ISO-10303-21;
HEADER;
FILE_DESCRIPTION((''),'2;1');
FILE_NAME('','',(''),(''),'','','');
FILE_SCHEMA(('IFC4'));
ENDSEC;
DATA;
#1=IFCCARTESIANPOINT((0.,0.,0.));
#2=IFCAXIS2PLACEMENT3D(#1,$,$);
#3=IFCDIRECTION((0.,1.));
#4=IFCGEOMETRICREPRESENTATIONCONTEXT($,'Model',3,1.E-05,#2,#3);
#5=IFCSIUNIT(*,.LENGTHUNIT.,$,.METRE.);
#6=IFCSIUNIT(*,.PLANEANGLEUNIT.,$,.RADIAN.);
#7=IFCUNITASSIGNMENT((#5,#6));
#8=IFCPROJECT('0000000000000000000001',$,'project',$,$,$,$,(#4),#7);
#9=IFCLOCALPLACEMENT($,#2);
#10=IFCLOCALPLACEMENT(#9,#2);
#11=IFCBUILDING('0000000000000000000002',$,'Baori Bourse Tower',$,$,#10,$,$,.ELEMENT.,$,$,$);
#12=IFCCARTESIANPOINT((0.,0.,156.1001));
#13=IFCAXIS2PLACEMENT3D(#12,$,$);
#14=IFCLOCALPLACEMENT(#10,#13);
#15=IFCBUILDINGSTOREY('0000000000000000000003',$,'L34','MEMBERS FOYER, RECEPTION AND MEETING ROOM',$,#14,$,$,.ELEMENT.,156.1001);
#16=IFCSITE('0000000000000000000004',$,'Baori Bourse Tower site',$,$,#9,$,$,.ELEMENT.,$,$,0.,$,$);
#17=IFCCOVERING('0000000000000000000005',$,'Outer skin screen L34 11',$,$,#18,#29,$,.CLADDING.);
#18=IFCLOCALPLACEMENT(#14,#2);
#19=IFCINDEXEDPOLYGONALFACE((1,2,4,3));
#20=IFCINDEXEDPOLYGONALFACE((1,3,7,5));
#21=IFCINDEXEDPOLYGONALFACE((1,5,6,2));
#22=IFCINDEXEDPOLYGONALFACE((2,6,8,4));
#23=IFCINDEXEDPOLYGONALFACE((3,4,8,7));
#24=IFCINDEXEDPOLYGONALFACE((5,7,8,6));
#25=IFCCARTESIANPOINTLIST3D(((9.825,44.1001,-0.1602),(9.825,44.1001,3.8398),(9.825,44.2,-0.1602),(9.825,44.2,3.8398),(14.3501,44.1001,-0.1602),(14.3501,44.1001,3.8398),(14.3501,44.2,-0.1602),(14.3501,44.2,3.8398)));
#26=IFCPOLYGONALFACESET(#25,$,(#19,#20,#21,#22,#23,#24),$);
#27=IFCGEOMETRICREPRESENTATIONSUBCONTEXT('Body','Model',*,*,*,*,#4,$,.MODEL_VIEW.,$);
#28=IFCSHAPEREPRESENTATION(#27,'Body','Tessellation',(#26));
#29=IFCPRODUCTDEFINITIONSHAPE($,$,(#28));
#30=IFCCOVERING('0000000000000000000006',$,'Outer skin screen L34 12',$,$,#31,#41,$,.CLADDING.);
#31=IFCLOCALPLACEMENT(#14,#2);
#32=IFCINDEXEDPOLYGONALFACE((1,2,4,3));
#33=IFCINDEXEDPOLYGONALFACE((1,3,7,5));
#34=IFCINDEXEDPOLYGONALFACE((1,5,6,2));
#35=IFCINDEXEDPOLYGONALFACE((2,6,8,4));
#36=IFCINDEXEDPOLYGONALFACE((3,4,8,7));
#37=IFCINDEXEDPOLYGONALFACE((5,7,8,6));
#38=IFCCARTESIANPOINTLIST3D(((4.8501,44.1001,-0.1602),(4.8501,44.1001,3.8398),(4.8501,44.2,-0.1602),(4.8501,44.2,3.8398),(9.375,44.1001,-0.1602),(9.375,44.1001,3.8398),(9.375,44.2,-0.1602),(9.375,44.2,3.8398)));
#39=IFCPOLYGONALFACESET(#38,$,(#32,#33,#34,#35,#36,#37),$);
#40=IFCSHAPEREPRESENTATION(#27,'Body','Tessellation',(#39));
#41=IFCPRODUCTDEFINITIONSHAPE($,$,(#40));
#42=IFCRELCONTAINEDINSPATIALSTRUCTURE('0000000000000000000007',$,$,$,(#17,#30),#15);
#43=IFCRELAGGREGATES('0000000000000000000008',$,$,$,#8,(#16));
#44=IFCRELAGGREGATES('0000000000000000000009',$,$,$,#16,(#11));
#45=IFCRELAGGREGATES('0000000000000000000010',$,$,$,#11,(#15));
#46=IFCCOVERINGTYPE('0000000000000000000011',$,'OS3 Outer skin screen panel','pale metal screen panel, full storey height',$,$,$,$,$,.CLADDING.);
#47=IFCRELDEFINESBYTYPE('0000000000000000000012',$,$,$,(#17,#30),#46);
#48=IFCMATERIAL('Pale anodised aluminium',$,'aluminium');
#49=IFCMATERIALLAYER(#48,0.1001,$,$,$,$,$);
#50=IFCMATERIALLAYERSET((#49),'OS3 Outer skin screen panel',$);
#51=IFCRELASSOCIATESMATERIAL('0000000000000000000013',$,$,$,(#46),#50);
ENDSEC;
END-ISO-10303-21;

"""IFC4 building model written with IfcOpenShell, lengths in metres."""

from ifc_helpers import new_model, si_unit, direction, frame, origin, place, context, subcontext, project, spatial, polyline, outline, extrude, material, layer, layer_set, type_object, element, save


model = new_model("IFC4")

# Units and contexts
model_context = context("Model", 3, precision=1e-05, world=origin(), true_north=direction((0.0, 1.0)))
body_context = subcontext(model_context, "Body", "Model", "MODEL_VIEW")
ifc_project = project(units=[si_unit("LENGTHUNIT", "METRE"), si_unit("PLANEANGLEUNIT", "RADIAN")], contexts=[model_context])

# Site, building, storey
site_placement = place(None, origin())
site = spatial("IfcSite", under=ifc_project, at=site_placement, Name="Baori Bourse Tower site", CompositionType="ELEMENT", RefElevation=0.0)
building_placement = place(site_placement, origin())
building = spatial("IfcBuilding", under=site, at=building_placement, Name="Baori Bourse Tower", CompositionType="ELEMENT")
storey_placement = place(building_placement, frame((0.0, 0.0, 156.1001)))
storey = spatial("IfcBuildingStorey", under=building, at=storey_placement, Name="L34", Description="MEMBERS FOYER, RECEPTION AND MEETING ROOM", CompositionType="ELEMENT", Elevation=156.1001)

# Coverings
ifc_material_1 = material(Name="Pale anodised aluminium", Category="aluminium")
ifc_layer_1 = layer(ifc_material_1, 0.1001)
ifc_layer_set_1 = layer_set([ifc_layer_1], Name="OS3 Outer skin screen panel")
covering_type = type_object("IfcCoveringType", Name="OS3 Outer skin screen panel", Description="pale metal screen panel, full storey height", PredefinedType="CLADDING", material=ifc_layer_set_1)
covering_1_placement = place(storey_placement, frame((0.0, 0.0, -0.1602)))
element("IfcCovering", 1, at=covering_1_placement, inside=storey, type_object=covering_type, Name="Outer skin screen L34 11", PredefinedType="CLADDING", context=body_context, shape_type="SweptSolid", body=[
    extrude(outline(polyline([(9.825, 44.1001), (14.3501, 44.1001), (14.3501, 44.2), (9.825, 44.2), (9.825, 44.1001)])), origin(), (0.0, 0.0, 1.0), 4.0),
])
covering_2_placement = place(storey_placement, frame((0.0, 0.0, -0.1602)))
element("IfcCovering", 2, at=covering_2_placement, inside=storey, type_object=covering_type, Name="Outer skin screen L34 12", PredefinedType="CLADDING", context=body_context, shape_type="SweptSolid", body=[
    extrude(outline(polyline([(4.8501, 44.1001), (9.375, 44.1001), (9.375, 44.2), (4.8501, 44.2), (4.8501, 44.1001)])), origin(), (0.0, 0.0, 1.0), 4.0),
])

save(model, "model.ifc")
